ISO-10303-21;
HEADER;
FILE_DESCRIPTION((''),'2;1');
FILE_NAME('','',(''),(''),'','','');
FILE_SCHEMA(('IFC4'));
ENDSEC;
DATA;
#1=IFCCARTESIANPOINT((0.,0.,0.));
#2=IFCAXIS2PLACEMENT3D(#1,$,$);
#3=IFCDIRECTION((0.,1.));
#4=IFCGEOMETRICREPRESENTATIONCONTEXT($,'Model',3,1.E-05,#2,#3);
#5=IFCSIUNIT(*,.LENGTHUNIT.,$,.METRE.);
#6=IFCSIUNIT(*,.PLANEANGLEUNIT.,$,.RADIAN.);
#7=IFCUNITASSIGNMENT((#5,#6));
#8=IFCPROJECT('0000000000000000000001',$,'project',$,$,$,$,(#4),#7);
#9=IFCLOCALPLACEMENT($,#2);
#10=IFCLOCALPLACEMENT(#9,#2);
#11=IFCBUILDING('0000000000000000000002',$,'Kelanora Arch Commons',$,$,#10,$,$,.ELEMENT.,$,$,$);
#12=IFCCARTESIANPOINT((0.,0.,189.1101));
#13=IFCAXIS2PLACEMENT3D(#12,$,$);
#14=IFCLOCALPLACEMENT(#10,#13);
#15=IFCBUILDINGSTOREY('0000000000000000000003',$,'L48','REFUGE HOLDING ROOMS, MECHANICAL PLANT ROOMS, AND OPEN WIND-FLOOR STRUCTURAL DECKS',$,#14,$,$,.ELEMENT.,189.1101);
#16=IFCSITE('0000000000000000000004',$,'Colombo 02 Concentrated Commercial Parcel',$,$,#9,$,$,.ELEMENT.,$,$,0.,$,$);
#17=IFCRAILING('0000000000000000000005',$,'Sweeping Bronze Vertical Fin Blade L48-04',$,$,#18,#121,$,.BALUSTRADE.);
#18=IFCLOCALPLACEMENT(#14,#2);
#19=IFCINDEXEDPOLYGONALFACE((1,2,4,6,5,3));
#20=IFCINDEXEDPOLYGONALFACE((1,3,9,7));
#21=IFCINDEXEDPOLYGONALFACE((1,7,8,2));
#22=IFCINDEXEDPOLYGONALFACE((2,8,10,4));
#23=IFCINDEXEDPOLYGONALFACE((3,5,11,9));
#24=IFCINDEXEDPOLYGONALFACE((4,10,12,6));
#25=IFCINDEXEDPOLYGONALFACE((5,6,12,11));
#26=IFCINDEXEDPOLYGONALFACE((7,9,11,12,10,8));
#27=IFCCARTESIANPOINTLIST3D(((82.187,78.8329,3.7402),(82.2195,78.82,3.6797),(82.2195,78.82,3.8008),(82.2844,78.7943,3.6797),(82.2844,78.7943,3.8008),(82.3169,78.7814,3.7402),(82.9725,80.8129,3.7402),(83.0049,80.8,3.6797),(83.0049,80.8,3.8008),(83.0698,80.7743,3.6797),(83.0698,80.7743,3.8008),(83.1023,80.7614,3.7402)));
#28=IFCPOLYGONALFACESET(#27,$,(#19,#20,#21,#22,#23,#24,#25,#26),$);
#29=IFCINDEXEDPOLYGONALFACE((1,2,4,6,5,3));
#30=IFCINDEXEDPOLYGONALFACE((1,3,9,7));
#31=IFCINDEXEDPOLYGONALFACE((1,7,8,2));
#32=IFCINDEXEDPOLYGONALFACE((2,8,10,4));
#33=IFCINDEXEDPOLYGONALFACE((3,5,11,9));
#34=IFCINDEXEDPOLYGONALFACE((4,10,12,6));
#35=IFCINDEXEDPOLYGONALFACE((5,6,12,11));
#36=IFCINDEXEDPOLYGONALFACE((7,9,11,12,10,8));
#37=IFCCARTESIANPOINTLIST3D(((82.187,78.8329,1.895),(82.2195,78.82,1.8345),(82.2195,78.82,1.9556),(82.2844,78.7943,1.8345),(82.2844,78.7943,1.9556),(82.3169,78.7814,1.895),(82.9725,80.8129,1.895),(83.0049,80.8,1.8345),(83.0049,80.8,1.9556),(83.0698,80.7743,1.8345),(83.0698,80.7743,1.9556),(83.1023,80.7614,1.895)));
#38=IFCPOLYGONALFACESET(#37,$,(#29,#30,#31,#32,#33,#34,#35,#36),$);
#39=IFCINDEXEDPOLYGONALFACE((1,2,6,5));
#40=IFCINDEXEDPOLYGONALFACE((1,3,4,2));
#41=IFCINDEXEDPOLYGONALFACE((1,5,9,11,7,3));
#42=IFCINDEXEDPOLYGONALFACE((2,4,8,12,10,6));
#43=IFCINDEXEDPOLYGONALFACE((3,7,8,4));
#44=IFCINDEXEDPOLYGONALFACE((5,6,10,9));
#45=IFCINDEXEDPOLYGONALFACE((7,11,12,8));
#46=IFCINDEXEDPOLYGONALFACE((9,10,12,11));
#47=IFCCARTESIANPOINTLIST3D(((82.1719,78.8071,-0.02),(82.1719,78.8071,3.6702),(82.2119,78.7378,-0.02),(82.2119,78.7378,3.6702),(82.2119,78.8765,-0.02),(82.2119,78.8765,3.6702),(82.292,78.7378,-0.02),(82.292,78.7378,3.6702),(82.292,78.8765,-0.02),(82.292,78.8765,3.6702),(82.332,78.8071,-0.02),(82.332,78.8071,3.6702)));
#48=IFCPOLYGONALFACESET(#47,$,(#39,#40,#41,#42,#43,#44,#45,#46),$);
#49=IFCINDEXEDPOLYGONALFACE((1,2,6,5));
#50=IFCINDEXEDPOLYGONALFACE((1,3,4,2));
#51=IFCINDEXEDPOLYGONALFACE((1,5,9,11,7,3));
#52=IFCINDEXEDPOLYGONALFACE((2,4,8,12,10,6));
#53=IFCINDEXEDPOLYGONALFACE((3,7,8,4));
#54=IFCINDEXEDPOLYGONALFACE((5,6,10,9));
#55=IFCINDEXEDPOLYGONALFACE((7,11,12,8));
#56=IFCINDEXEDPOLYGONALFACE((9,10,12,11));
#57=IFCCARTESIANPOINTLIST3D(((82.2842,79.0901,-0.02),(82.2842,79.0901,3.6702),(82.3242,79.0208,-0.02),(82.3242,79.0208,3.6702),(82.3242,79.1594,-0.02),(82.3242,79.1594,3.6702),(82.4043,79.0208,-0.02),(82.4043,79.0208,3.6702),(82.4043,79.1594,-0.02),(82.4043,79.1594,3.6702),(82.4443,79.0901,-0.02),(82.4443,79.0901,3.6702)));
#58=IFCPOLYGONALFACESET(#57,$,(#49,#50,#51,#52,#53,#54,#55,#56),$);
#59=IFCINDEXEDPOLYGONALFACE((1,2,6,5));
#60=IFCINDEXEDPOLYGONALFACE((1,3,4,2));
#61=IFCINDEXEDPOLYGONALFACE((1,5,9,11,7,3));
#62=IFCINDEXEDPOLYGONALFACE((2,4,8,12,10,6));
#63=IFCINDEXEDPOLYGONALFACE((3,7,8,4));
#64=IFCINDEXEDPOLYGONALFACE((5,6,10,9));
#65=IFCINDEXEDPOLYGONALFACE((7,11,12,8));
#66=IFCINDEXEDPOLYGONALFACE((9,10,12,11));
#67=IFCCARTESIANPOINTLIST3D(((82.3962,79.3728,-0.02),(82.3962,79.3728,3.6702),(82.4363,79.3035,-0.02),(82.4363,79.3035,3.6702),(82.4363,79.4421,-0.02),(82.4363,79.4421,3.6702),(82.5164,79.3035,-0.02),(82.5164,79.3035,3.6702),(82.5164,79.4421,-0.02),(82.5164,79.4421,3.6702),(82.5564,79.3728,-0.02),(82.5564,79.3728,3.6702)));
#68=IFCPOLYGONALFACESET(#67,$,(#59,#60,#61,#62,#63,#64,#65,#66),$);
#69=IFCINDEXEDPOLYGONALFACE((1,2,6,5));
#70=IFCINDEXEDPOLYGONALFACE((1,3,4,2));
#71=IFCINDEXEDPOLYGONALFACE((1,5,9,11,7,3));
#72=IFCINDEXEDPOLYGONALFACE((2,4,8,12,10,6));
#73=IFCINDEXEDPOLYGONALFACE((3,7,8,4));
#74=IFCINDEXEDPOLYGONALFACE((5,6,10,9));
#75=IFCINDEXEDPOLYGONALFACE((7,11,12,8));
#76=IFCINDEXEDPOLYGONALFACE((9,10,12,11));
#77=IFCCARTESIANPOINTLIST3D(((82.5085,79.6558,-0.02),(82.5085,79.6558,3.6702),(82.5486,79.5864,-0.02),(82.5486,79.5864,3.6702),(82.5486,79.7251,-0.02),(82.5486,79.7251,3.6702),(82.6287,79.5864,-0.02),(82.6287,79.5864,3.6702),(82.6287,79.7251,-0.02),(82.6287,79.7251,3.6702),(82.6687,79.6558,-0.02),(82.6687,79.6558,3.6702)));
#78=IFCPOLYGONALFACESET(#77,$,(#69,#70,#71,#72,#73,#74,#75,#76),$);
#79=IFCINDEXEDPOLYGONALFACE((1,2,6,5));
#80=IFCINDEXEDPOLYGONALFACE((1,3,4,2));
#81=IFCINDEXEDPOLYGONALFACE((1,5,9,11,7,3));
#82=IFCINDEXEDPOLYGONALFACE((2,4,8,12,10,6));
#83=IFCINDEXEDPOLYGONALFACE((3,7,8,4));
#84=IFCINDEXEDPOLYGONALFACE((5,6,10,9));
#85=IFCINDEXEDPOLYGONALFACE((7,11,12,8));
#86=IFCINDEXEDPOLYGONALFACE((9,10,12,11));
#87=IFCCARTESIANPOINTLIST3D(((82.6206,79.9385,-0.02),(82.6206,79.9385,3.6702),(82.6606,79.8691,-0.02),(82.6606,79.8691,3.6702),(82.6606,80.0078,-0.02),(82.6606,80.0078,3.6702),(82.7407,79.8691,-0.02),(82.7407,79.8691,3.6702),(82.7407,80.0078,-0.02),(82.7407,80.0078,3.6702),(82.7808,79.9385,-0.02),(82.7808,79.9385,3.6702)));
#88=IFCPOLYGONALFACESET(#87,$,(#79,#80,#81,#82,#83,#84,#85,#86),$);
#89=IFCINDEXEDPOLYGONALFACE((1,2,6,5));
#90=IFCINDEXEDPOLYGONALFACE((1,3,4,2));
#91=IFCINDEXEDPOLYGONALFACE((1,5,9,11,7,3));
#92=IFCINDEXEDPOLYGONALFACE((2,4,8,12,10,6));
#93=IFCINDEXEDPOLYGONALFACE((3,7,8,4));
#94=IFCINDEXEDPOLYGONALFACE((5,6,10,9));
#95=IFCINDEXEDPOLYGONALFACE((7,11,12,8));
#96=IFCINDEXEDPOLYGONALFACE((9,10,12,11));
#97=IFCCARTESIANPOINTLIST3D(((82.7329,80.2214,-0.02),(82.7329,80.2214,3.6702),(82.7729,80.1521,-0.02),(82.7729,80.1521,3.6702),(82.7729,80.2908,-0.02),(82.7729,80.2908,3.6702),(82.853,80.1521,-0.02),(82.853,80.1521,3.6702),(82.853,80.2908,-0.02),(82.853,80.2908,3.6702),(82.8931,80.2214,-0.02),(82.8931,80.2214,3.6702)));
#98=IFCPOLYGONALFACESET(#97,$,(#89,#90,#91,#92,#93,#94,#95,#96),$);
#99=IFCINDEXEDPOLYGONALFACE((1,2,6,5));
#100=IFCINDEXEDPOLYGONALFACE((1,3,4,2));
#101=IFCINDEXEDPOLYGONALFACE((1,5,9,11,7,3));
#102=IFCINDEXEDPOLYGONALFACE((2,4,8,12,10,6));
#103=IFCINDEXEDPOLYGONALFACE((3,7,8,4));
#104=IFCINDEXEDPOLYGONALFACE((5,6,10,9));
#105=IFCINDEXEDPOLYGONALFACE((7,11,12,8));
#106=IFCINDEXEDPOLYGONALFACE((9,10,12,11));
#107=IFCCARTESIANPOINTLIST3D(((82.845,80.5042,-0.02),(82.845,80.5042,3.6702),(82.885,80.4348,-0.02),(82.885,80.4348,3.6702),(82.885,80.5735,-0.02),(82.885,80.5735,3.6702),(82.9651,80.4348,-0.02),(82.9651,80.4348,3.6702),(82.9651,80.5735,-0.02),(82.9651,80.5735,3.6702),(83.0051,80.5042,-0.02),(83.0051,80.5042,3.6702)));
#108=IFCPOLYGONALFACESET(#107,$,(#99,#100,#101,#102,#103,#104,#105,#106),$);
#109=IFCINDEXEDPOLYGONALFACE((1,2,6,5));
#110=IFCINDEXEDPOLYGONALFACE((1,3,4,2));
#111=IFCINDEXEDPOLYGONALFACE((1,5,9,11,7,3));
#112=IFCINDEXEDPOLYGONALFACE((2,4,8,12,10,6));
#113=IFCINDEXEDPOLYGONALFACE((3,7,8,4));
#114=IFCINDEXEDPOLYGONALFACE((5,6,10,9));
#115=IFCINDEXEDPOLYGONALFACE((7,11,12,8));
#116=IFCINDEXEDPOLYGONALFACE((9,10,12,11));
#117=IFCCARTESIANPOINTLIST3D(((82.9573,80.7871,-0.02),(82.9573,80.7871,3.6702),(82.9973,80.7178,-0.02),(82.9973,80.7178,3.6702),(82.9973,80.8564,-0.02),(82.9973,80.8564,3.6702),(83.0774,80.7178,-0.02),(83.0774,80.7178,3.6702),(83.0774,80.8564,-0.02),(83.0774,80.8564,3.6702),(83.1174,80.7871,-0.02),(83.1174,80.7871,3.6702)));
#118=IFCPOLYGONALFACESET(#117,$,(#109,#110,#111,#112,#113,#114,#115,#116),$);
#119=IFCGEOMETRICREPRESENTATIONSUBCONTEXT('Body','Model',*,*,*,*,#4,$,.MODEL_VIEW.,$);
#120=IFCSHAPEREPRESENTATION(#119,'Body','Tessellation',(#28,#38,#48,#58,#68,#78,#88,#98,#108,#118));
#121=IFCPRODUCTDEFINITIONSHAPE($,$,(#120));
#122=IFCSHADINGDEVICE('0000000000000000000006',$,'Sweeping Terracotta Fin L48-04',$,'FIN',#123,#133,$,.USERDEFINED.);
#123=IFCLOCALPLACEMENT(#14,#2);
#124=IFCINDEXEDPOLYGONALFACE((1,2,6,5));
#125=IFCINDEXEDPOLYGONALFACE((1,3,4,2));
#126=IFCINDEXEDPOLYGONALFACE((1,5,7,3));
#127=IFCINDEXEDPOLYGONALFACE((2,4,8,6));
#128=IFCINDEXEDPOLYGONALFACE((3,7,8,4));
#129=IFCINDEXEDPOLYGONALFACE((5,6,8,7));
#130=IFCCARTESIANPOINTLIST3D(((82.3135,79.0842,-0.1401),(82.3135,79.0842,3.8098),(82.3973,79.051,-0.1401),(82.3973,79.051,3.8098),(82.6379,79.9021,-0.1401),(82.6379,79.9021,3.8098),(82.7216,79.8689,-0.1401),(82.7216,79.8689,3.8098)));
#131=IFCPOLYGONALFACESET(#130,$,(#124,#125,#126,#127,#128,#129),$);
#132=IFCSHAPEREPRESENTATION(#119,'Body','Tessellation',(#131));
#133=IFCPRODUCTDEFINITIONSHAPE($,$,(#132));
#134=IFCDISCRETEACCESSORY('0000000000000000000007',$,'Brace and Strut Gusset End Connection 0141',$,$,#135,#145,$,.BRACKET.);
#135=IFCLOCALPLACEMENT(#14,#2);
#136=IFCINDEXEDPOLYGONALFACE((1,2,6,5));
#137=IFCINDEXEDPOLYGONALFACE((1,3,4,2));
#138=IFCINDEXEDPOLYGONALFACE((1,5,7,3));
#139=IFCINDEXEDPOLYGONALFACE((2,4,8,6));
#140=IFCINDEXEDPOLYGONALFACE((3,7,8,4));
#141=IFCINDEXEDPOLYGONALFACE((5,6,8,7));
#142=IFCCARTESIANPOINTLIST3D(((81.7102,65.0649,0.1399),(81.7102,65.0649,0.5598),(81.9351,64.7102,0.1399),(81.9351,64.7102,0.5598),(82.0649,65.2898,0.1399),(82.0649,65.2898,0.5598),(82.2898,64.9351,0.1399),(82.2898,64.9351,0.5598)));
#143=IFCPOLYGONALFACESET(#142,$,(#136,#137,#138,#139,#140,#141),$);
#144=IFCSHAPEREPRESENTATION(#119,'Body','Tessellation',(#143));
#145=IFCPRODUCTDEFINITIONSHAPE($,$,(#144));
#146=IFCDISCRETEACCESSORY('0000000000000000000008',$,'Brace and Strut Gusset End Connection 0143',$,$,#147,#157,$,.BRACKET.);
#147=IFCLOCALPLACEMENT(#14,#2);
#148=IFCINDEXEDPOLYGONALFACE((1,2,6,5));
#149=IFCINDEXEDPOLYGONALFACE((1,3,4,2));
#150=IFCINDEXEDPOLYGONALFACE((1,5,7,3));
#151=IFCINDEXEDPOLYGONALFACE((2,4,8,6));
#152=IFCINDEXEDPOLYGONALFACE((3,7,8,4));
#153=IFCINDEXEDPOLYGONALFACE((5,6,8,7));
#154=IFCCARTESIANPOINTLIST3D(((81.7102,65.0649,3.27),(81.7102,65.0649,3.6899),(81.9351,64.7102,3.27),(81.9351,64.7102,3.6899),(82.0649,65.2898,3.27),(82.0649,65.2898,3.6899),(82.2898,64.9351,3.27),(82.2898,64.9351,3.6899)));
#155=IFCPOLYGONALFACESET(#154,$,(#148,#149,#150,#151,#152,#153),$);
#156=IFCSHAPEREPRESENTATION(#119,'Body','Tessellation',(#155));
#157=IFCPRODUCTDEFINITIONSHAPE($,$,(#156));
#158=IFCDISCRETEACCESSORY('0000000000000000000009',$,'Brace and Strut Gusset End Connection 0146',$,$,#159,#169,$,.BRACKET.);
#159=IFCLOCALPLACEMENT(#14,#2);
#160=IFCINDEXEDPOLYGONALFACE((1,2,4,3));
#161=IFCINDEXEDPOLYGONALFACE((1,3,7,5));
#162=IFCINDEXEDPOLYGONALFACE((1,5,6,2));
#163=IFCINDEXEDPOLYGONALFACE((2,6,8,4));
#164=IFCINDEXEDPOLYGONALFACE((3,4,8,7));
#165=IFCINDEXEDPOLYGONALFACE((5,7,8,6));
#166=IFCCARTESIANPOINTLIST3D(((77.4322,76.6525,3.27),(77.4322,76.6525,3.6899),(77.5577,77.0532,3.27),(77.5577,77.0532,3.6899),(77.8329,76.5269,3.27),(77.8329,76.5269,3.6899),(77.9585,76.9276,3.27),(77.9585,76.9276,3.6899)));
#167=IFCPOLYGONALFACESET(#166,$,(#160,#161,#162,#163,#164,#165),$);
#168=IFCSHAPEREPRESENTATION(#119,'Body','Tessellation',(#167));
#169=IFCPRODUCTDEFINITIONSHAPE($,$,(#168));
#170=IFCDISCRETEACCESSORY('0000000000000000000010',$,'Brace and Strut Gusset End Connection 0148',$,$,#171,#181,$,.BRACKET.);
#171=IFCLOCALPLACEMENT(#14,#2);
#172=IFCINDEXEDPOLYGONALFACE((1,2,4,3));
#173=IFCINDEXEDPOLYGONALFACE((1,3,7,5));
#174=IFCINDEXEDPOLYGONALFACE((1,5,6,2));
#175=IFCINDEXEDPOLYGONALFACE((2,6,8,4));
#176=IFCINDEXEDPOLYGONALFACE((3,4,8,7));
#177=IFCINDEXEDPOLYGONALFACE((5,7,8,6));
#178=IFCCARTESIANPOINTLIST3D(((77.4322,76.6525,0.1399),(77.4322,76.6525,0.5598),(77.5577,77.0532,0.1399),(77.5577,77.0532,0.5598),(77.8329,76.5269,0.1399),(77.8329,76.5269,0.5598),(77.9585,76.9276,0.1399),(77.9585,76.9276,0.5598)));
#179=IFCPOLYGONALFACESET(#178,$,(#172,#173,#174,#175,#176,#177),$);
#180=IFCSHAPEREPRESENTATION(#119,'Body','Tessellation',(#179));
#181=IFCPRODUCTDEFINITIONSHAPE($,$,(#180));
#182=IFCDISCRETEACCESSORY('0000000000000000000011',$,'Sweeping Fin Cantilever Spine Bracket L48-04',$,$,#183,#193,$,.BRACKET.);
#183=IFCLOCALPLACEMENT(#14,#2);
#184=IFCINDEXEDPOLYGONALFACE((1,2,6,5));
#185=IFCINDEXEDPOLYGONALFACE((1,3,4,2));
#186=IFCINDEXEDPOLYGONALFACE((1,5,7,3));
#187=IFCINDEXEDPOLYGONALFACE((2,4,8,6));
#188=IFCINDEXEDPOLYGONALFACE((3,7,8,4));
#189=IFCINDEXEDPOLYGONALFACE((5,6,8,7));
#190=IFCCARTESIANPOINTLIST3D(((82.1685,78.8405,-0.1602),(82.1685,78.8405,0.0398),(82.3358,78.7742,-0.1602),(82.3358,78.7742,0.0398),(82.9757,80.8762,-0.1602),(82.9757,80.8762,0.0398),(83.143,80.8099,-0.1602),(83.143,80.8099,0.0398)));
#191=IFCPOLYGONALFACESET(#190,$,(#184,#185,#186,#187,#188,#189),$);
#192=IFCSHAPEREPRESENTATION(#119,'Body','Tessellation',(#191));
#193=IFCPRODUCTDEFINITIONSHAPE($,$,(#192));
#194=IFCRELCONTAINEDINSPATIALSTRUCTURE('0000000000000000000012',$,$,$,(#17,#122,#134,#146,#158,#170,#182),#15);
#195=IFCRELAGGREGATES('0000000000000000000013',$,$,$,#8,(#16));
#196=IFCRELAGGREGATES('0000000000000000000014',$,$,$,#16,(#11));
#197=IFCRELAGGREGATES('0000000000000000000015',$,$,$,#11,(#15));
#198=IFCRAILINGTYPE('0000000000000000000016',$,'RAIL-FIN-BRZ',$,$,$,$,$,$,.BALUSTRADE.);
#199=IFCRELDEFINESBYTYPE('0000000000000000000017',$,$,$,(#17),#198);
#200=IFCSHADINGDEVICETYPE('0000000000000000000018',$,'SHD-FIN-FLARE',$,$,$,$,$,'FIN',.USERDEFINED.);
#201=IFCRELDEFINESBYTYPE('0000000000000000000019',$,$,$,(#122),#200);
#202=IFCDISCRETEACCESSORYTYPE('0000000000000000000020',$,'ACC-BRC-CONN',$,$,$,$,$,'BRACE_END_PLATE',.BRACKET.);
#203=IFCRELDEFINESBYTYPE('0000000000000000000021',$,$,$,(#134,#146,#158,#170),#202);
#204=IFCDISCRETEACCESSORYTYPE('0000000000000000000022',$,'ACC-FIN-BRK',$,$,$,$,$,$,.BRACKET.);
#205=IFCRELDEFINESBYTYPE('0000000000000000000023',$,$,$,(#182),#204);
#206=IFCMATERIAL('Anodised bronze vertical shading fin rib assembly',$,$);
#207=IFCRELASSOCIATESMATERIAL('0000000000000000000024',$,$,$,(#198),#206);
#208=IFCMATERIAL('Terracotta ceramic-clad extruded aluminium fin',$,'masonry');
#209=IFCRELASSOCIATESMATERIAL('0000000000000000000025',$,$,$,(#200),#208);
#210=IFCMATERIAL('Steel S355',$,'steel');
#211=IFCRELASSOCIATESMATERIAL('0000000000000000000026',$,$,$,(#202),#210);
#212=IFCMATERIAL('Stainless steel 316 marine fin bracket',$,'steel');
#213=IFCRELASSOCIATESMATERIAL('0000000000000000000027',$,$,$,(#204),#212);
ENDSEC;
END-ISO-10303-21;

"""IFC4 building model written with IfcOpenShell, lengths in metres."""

from ifc_helpers import new_model, si_unit, direction, frame, origin, origin_2d, place, context, subcontext, project, spatial, polyline, rectangle, outline, extrude, source, transform, mapped, material, type_object, element, save


model = new_model("IFC4")

# Units and contexts
model_context = context("Model", 3, precision=1e-05, world=origin(), true_north=direction((0.0, 1.0)))
body_context = subcontext(model_context, "Body", "Model", "MODEL_VIEW")
ifc_project = project(units=[si_unit("LENGTHUNIT", "METRE"), si_unit("PLANEANGLEUNIT", "RADIAN")], contexts=[model_context])

# Site, building, storey
site_placement = place(None, origin())
site = spatial("IfcSite", under=ifc_project, at=site_placement, Name="Colombo 02 Concentrated Commercial Parcel", CompositionType="ELEMENT", RefElevation=0.0)
building_placement = place(site_placement, origin())
building = spatial("IfcBuilding", under=site, at=building_placement, Name="Kelanora Arch Commons", CompositionType="ELEMENT")
storey_placement = place(building_placement, frame((0.0, 0.0, 189.1101)))
storey = spatial("IfcBuildingStorey", under=building, at=storey_placement, Name="L48", Description="REFUGE HOLDING ROOMS, MECHANICAL PLANT ROOMS, AND OPEN WIND-FLOOR STRUCTURAL DECKS", CompositionType="ELEMENT", Elevation=189.1101)

# Shared definitions
ifc_material_1 = material(Name="Steel S355", Category="steel")

# Railing
ifc_material_2 = material(Name="Anodised bronze vertical shading fin rib assembly")
railing_type = type_object("IfcRailingType", Name="RAIL-FIN-BRZ", PredefinedType="BALUSTRADE", material=ifc_material_2)
railing_placement = place(storey_placement, frame((82.252, 78.8071, -0.02)))
element("IfcRailing", 1, at=railing_placement, inside=storey, type_object=railing_type, Name="Sweeping Bronze Vertical Fin Blade L48-04", PredefinedType="BALUSTRADE", context=body_context, shape_type="SweptSolid", body=[
    extrude(outline(polyline([(0.0698, 0.0), (0.0349, 0.0605), (-0.0349, 0.0605), (-0.0698, 0.0), (-0.0349, -0.0605), (0.0349, -0.0605), (0.0698, 0.0)])), frame((0.0, 0.0, 3.7603), z_axis=(0.368721, 0.92954, 0.0), x_axis=(-0.92954, 0.368721, 0.0)), (0.0, 0.0, 1.0), 2.1301),
    extrude(outline(polyline([(0.0698, 0.0), (0.0349, 0.0605), (-0.0349, 0.0605), (-0.0698, 0.0), (-0.0349, -0.0605), (0.0349, -0.0605), (0.0698, 0.0)])), frame((0.0, 0.0, 1.915), z_axis=(0.368721, 0.92954, 0.0), x_axis=(-0.92954, 0.368721, 0.0)), (0.0, 0.0, 1.0), 2.1301),
    extrude(outline(polyline([(0.0801, 0.0), (0.04, 0.0693), (-0.04, 0.0693), (-0.0801, 0.0), (-0.04, -0.0693), (0.04, -0.0693), (0.0801, 0.0)])), origin(), (0.0, 0.0, 1.0), 3.6902),
    extrude(outline(polyline([(0.0801, 0.0), (0.04, 0.0693), (-0.04, 0.0693), (-0.0801, 0.0), (-0.04, -0.0693), (0.04, -0.0693), (0.0801, 0.0)])), frame((0.1123, 0.283, 0.0)), (0.0, 0.0, 1.0), 3.6902),
    extrude(outline(polyline([(0.0801, 0.0), (0.04, 0.0693), (-0.04, 0.0693), (-0.0801, 0.0), (-0.04, -0.0693), (0.04, -0.0693), (0.0801, 0.0)])), frame((0.2244, 0.5657, 0.0)), (0.0, 0.0, 1.0), 3.6902),
    extrude(outline(polyline([(0.0801, 0.0), (0.04, 0.0693), (-0.04, 0.0693), (-0.0801, 0.0), (-0.04, -0.0693), (0.04, -0.0693), (0.0801, 0.0)])), frame((0.3367, 0.8486, 0.0)), (0.0, 0.0, 1.0), 3.6902),
    extrude(outline(polyline([(0.0801, 0.0), (0.04, 0.0693), (-0.04, 0.0693), (-0.0801, 0.0), (-0.04, -0.0693), (0.04, -0.0693), (0.0801, 0.0)])), frame((0.4487, 1.1313, 0.0)), (0.0, 0.0, 1.0), 3.6902),
    extrude(outline(polyline([(0.0801, 0.0), (0.04, 0.0693), (-0.04, 0.0693), (-0.0801, 0.0), (-0.04, -0.0693), (0.04, -0.0693), (0.0801, 0.0)])), frame((0.561, 1.4143, 0.0)), (0.0, 0.0, 1.0), 3.6902),
    extrude(outline(polyline([(0.0801, 0.0), (0.04, 0.0693), (-0.04, 0.0693), (-0.0801, 0.0), (-0.04, -0.0693), (0.04, -0.0693), (0.0801, 0.0)])), frame((0.6731, 1.697, 0.0)), (0.0, 0.0, 1.0), 3.6902),
    extrude(outline(polyline([(0.0801, 0.0), (0.04, 0.0693), (-0.04, 0.0693), (-0.0801, 0.0), (-0.04, -0.0693), (0.04, -0.0693), (0.0801, 0.0)])), frame((0.7854, 1.98, 0.0)), (0.0, 0.0, 1.0), 3.6902),
])

# Shading device
ifc_material_3 = material(Name="Terracotta ceramic-clad extruded aluminium fin", Category="masonry")
shading_device_type = type_object("IfcShadingDeviceType", Name="SHD-FIN-FLARE", ElementType="FIN", PredefinedType="USERDEFINED", material=ifc_material_3)
shared_shape_1 = source(origin(), body_context, "Body", "SweptSolid", [
    extrude(rectangle(XDim=0.8799, YDim=0.0901, at=origin_2d()), origin(), (0.0, 0.0, 1.0), 3.95),
])
shading_device_placement = place(storey_placement, frame((82.5176, 79.4766, -0.1401), z_axis=(0.0, 0.0, 1.0), x_axis=(0.368611, 0.929584, 0.0)))
element("IfcShadingDevice", 2, at=shading_device_placement, inside=storey, type_object=shading_device_type, Name="Sweeping Terracotta Fin L48-04", ObjectType="FIN", PredefinedType="USERDEFINED", context=body_context, shape_type="MappedRepresentation", body=[
    mapped(shared_shape_1, transform((0.0, 0.0, 0.0), scale=1.0)),
])

# Discrete accessories
discrete_accessory_type_1 = type_object("IfcDiscreteAccessoryType", Name="ACC-BRC-CONN", ElementType="BRACE_END_PLATE", PredefinedType="BRACKET", material=ifc_material_1)
shared_shape_2 = source(origin(), body_context, "Body", "SweptSolid", [
    extrude(rectangle(XDim=0.4199, YDim=0.4199, at=origin_2d()), origin(), (0.0, 0.0, 1.0), 0.4199),
])
for number, where, z_axis, x_axis, name in (
    (3, (82.0, 65.0, 0.1399), (0.0, 0.0, 1.0), (0.844515, 0.535532, 0.0), "Brace and Strut Gusset End Connection 0141"),
    (4, (82.0, 65.0, 3.27), (0.0, 0.0, 1.0), (0.844515, 0.535532, 0.0), "Brace and Strut Gusset End Connection 0143"),
    (5, (77.6953, 76.79, 3.27), (0.0, 0.0, 1.0), (0.299041, 0.95424, 0.0), "Brace and Strut Gusset End Connection 0146"),
    (6, (77.6953, 76.79, 0.1399), (0.0, 0.0, 1.0), (0.299041, 0.95424, 0.0), "Brace and Strut Gusset End Connection 0148"),
):
    element("IfcDiscreteAccessory", number, at=place(storey_placement, frame(where, z_axis=z_axis, x_axis=x_axis)), inside=storey, type_object=discrete_accessory_type_1, Name=name, PredefinedType="BRACKET", context=body_context, shape_type="MappedRepresentation", body=[
        mapped(shared_shape_2, transform((0.0, 0.0, 0.0), scale=1.0)),
    ])
ifc_material_4 = material(Name="Stainless steel 316 marine fin bracket", Category="steel")
discrete_accessory_type_2 = type_object("IfcDiscreteAccessoryType", Name="ACC-FIN-BRK", PredefinedType="BRACKET", material=ifc_material_4)
shared_shape_3 = source(origin(), body_context, "Body", "SweptSolid", [
    extrude(rectangle(XDim=2.1899, YDim=0.1799, at=origin_2d()), origin(), (0.0, 0.0, 1.0), 0.2),
])
discrete_accessory_placement = place(storey_placement, frame((82.6558, 79.8252, -0.1602), z_axis=(0.0, 0.0, 1.0), x_axis=(0.368611, 0.929584, 0.0)))
element("IfcDiscreteAccessory", 7, at=discrete_accessory_placement, inside=storey, type_object=discrete_accessory_type_2, Name="Sweeping Fin Cantilever Spine Bracket L48-04", PredefinedType="BRACKET", context=body_context, shape_type="MappedRepresentation", body=[
    mapped(shared_shape_3, transform((0.0, 0.0, 0.0), scale=1.0)),
])

save(model, "model.ifc")
